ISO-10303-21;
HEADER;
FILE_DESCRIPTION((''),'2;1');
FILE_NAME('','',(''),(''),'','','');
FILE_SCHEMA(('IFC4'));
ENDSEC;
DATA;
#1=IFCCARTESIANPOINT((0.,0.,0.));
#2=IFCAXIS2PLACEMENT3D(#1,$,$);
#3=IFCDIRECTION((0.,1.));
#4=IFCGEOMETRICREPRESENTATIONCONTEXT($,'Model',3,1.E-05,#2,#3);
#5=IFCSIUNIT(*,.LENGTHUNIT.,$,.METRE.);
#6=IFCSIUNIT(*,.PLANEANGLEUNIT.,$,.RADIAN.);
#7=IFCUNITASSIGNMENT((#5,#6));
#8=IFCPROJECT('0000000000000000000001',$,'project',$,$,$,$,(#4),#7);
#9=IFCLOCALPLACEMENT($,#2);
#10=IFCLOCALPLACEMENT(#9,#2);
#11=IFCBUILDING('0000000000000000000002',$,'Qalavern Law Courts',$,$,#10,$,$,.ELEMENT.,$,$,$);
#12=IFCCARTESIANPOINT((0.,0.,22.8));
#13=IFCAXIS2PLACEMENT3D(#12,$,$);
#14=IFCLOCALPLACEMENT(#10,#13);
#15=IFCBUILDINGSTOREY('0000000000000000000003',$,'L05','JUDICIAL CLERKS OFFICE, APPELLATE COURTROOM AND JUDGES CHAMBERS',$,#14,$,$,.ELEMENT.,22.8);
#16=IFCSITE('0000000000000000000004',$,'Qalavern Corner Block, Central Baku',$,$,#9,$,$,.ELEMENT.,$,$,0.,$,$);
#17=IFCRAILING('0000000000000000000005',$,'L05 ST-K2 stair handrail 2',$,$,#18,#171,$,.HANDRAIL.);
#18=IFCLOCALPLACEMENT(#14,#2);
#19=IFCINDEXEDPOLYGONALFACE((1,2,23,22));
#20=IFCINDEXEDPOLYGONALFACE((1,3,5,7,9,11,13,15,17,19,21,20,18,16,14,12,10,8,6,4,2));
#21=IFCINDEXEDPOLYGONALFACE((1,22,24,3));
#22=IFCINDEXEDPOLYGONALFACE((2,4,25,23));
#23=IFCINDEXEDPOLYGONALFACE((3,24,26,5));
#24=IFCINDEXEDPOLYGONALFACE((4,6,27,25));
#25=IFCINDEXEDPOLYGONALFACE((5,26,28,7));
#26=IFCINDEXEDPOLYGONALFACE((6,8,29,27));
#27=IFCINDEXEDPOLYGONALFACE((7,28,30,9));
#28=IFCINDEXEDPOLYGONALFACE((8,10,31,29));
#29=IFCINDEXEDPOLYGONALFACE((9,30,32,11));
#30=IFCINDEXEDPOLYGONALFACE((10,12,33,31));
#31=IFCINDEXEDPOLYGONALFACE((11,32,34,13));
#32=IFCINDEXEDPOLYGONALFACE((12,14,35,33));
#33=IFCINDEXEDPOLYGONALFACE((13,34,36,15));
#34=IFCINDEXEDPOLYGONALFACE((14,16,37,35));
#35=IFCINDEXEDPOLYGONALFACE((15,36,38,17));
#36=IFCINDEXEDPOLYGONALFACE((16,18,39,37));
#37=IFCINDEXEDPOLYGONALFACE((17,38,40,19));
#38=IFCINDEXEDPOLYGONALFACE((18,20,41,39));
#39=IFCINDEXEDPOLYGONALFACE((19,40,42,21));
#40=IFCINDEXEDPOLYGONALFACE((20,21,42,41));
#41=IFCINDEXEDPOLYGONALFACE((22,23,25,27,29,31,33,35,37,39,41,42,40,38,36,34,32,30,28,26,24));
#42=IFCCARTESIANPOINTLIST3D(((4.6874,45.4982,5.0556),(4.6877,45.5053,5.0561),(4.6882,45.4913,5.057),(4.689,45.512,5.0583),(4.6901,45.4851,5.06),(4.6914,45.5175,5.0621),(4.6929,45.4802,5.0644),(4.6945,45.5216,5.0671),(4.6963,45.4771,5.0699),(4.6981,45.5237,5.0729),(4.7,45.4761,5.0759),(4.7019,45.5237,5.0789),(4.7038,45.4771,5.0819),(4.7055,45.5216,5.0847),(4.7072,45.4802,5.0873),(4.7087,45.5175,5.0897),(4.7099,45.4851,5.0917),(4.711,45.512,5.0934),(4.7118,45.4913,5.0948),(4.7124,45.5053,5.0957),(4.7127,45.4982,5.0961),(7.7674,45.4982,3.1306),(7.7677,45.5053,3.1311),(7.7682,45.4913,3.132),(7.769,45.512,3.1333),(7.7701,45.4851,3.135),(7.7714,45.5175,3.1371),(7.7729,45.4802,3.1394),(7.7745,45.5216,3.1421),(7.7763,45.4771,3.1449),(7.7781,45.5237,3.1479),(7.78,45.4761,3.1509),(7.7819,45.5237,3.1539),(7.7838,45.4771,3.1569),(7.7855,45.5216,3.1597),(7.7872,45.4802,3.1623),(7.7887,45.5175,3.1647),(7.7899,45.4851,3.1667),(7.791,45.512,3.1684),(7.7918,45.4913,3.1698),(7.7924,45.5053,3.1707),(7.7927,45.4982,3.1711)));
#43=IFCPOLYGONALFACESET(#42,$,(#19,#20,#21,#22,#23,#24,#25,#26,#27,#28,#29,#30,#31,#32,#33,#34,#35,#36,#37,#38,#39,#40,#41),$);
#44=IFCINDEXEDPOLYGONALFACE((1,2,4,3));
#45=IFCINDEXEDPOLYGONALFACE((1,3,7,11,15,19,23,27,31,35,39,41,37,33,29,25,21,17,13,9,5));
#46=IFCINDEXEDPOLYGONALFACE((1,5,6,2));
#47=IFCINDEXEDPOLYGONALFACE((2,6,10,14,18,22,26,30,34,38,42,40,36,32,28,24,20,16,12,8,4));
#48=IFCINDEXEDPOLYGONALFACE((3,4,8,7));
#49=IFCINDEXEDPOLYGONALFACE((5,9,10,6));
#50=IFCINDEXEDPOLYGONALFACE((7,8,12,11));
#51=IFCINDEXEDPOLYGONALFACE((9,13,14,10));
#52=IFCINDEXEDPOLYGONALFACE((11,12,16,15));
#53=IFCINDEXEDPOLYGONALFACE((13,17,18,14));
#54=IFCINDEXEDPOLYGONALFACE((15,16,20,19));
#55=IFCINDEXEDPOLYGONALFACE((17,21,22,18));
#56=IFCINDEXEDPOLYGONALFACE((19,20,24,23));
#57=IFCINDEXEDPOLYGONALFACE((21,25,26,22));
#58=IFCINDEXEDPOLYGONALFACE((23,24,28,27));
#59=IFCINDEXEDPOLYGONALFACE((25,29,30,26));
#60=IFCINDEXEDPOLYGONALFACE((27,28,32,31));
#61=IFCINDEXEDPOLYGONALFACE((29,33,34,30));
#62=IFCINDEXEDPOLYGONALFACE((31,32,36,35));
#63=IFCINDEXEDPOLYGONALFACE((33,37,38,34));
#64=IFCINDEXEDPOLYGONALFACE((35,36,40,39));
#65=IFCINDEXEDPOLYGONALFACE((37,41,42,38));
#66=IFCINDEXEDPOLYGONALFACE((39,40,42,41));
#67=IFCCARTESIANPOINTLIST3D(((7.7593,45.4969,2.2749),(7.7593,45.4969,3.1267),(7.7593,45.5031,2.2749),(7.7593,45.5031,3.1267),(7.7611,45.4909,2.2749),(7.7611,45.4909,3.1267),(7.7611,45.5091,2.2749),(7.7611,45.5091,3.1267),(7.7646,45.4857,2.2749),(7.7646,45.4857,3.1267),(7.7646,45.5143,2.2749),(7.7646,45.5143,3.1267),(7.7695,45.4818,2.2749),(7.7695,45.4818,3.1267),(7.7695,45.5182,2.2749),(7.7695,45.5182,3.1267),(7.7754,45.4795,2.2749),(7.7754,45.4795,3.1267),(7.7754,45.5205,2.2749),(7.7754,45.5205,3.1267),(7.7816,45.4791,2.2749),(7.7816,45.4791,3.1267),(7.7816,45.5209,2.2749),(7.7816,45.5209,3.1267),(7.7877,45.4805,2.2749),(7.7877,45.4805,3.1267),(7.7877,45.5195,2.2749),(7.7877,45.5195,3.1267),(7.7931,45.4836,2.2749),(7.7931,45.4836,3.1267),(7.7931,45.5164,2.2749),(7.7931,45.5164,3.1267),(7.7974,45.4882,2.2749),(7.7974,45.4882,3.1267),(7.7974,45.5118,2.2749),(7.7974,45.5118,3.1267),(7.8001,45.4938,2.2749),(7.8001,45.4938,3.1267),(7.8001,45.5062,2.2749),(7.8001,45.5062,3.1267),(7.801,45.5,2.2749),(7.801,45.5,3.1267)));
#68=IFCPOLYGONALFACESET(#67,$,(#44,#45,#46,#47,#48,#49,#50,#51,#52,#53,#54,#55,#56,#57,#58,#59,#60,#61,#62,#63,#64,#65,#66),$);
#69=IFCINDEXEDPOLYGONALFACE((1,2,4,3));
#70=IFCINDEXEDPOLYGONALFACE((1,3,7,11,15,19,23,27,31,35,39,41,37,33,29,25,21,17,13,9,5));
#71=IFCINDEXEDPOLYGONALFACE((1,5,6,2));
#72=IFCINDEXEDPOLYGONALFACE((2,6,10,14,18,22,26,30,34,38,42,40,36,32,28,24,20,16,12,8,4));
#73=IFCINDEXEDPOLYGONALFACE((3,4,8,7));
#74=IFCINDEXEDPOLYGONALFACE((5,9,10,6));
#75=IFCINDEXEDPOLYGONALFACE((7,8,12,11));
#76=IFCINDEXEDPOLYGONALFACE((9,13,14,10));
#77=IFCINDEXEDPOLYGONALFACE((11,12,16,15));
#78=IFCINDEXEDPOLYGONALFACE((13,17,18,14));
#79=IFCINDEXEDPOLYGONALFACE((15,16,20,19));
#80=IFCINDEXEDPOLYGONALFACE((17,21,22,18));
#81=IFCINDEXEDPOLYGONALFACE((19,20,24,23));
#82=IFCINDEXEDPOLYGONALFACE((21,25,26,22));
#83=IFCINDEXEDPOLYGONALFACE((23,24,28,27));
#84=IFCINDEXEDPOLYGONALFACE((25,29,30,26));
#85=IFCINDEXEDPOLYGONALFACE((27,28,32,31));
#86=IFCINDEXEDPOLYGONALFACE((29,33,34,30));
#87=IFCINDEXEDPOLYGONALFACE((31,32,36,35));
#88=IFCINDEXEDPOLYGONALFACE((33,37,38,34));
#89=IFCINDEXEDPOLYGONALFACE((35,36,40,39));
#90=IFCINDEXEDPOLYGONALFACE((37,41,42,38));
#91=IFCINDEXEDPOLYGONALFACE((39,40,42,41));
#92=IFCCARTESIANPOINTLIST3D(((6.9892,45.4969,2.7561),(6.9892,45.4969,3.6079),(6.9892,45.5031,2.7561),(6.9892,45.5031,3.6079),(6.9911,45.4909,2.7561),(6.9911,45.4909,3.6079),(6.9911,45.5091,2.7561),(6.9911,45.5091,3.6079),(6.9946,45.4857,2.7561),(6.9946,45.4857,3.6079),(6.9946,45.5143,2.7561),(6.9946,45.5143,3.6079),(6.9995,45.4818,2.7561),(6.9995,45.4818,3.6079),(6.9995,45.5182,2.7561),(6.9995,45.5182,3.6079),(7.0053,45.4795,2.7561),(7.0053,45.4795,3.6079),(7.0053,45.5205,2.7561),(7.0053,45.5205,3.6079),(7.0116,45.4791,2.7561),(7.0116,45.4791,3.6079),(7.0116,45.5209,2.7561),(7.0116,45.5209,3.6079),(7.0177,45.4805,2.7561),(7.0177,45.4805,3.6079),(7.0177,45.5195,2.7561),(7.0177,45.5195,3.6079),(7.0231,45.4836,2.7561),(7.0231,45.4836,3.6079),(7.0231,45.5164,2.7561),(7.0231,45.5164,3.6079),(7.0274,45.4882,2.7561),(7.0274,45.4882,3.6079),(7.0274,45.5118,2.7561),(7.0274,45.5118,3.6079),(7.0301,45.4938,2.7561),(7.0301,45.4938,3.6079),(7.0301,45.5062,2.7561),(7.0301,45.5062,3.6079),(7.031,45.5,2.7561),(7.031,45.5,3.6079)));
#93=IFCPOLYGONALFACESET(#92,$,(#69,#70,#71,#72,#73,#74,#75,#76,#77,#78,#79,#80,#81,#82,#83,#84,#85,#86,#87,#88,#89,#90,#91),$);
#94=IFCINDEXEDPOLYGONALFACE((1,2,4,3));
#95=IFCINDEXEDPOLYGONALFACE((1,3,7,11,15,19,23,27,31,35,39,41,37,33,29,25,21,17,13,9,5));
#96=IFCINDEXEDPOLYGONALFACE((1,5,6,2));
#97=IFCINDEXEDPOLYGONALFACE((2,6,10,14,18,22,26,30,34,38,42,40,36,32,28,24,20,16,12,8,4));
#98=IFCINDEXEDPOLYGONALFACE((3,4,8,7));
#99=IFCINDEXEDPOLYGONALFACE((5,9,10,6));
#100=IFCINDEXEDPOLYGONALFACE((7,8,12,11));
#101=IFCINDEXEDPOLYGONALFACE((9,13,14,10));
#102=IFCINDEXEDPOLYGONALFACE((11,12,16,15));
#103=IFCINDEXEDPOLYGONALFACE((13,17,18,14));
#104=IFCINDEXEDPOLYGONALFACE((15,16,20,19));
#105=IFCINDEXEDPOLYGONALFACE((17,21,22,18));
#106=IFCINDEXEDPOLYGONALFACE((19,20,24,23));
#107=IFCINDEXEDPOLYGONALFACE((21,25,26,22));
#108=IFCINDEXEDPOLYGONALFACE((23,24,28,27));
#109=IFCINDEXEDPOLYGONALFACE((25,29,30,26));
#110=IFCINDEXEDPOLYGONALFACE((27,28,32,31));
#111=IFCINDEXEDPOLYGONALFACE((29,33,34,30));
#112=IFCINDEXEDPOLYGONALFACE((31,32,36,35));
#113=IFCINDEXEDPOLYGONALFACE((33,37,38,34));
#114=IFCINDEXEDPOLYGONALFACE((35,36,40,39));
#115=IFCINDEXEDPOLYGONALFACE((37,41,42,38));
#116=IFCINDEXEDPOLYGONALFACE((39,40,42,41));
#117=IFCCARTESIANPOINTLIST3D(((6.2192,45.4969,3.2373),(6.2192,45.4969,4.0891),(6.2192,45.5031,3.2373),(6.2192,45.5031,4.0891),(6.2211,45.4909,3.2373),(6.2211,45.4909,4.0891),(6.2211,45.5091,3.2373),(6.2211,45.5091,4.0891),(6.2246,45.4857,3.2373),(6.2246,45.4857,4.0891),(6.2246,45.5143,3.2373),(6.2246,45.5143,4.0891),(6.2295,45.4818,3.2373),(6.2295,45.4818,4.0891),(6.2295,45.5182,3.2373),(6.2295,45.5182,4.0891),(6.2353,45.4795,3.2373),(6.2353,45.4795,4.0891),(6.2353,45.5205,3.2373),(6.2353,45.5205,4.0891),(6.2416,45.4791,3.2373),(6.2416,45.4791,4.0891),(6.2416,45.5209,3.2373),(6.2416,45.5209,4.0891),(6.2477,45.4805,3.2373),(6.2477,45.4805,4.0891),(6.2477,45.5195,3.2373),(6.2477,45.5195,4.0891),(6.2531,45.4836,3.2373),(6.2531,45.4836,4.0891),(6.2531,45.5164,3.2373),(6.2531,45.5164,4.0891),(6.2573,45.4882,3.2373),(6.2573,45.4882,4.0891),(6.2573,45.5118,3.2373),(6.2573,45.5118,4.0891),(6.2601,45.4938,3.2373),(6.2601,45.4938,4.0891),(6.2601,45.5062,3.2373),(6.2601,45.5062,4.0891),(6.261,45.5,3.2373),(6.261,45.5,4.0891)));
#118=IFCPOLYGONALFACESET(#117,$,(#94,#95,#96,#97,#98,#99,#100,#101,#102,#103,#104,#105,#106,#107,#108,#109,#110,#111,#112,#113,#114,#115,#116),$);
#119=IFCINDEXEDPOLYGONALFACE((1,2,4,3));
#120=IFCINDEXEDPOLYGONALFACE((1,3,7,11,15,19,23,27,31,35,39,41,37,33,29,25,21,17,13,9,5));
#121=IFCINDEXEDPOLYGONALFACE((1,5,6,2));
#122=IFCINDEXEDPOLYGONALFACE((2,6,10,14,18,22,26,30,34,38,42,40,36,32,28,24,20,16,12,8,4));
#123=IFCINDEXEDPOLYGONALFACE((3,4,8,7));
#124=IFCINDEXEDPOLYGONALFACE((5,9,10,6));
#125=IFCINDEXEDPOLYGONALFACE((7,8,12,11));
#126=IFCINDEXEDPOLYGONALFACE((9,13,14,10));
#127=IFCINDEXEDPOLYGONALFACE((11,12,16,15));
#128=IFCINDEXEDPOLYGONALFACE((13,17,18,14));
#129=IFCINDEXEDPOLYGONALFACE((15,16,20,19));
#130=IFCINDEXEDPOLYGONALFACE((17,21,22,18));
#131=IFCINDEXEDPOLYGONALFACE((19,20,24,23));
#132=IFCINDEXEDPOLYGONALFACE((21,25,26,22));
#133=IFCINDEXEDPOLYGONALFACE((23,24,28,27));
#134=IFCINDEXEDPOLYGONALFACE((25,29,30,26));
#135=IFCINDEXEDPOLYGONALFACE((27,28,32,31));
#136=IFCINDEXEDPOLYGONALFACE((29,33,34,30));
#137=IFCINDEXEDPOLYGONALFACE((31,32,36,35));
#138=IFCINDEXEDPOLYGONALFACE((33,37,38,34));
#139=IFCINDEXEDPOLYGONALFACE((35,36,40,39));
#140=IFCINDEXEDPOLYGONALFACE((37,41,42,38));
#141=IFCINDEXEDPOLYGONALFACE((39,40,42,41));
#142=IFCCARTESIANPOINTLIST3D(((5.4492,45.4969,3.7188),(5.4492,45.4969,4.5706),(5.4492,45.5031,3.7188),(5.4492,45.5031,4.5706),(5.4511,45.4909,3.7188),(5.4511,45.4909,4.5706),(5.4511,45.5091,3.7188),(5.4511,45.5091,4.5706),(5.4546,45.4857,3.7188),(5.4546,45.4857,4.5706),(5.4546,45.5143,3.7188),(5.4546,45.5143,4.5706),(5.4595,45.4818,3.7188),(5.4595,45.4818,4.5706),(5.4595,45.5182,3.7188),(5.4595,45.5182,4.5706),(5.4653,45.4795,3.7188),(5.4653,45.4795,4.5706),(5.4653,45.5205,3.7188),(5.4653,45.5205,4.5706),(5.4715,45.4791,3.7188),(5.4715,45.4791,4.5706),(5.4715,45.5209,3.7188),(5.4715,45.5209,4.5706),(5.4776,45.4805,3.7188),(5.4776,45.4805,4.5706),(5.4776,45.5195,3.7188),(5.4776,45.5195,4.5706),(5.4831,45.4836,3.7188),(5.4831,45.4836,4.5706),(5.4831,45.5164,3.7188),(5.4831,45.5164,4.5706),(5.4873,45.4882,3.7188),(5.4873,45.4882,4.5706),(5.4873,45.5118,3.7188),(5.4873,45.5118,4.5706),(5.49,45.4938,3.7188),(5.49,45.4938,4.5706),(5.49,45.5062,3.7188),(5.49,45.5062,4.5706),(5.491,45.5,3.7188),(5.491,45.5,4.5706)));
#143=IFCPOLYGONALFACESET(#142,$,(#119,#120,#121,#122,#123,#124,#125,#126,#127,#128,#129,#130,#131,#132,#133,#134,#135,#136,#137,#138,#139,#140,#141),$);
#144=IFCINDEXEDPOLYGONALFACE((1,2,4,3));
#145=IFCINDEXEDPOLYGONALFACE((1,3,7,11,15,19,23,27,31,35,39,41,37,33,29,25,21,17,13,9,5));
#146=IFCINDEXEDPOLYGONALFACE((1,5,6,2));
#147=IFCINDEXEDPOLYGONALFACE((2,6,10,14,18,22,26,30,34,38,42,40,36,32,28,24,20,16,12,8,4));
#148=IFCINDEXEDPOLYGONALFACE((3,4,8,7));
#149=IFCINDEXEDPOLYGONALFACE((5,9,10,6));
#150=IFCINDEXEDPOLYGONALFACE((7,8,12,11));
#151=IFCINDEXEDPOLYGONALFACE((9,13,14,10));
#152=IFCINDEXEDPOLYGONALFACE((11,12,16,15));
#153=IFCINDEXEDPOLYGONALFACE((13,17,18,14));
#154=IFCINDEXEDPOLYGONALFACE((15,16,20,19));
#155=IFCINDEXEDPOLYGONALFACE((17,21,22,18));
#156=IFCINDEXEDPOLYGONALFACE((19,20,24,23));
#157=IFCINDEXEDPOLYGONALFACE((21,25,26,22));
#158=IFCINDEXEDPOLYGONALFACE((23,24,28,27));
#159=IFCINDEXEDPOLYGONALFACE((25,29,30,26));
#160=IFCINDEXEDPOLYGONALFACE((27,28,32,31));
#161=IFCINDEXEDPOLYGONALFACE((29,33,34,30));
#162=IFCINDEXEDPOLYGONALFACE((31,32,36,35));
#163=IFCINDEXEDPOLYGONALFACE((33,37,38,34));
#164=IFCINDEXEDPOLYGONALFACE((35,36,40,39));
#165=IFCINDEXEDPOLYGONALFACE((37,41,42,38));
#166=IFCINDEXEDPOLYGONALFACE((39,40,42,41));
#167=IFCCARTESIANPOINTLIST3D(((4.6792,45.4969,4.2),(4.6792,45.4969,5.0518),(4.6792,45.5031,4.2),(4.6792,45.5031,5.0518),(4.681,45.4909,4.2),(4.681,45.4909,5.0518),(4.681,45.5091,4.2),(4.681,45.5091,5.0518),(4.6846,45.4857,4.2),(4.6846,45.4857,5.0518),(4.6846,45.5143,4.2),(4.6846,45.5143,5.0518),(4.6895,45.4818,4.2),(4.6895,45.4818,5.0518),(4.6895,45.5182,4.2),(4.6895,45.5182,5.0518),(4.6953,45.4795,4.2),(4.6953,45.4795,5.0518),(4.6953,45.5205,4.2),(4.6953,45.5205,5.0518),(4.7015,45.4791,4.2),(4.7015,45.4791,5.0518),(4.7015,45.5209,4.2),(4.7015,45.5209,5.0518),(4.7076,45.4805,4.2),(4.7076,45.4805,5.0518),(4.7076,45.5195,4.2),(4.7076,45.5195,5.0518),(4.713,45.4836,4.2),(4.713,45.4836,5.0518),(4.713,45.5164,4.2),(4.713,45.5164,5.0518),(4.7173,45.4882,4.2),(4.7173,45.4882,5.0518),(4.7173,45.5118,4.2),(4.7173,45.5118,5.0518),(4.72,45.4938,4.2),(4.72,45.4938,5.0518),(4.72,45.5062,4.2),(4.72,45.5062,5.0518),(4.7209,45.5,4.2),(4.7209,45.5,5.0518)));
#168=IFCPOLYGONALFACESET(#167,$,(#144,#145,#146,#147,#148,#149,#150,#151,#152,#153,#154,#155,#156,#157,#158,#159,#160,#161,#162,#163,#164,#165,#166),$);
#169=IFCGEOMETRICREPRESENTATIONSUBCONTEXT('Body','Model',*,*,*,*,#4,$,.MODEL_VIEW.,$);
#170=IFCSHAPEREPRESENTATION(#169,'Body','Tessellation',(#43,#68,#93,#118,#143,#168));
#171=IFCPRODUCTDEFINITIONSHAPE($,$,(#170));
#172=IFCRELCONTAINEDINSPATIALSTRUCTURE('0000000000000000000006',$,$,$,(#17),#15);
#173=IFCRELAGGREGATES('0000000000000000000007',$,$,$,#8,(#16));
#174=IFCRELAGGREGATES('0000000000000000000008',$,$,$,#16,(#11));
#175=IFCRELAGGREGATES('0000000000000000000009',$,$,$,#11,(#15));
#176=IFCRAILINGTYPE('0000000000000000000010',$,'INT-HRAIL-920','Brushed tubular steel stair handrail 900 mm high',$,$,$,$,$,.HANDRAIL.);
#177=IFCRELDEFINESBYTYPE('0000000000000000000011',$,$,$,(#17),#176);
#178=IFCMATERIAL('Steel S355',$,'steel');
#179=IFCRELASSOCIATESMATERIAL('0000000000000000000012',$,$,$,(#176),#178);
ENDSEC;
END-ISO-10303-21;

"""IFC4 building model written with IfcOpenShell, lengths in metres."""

from ifc_helpers import new_model, si_unit, direction, frame, origin, origin_2d, place, context, subcontext, project, spatial, circle, extrude, material, type_object, element, save


model = new_model("IFC4")

# Units and contexts
model_context = context("Model", 3, precision=1e-05, world=origin(), true_north=direction((0.0, 1.0)))
body_context = subcontext(model_context, "Body", "Model", "MODEL_VIEW")
ifc_project = project(units=[si_unit("LENGTHUNIT", "METRE"), si_unit("PLANEANGLEUNIT", "RADIAN")], contexts=[model_context])

# Site, building, storey
site_placement = place(None, origin())
site = spatial("IfcSite", under=ifc_project, at=site_placement, Name="Qalavern Corner Block, Central Baku", CompositionType="ELEMENT", RefElevation=0.0)
building_placement = place(site_placement, origin())
building = spatial("IfcBuilding", under=site, at=building_placement, Name="Qalavern Law Courts", CompositionType="ELEMENT")
storey_placement = place(building_placement, frame((0.0, 0.0, 22.8)))
storey = spatial("IfcBuildingStorey", under=building, at=storey_placement, Name="L05", Description="JUDICIAL CLERKS OFFICE, APPELLATE COURTROOM AND JUDGES CHAMBERS", CompositionType="ELEMENT", Elevation=22.8)

# Shared definitions
ifc_material_1 = material(Name="Steel S355", Category="steel")

# Railing
railing_type = type_object("IfcRailingType", Name="INT-HRAIL-920", Description="Brushed tubular steel stair handrail 900 mm high", PredefinedType="HANDRAIL", material=ifc_material_1)
railing_placement = place(storey_placement, frame((7.78, 45.5, 2.2749)))
element("IfcRailing", 1, at=railing_placement, inside=storey, type_object=railing_type, Name="L05 ST-K2 stair handrail 2", PredefinedType="HANDRAIL", context=body_context, shape_type="SweptSolid", body=[
    extrude(circle(Radius=0.0239, at=origin_2d()), frame((0.0, 0.0, 0.876), z_axis=(-0.847998, 0.0, 0.529999), x_axis=(0.0, -1.0, 0.0)), (0.0, 0.0, 1.0), 3.6321),
    extrude(circle(Radius=0.021, at=origin_2d()), origin(), (0.0, 0.0, 1.0), 0.8518),
    extrude(circle(Radius=0.021, at=origin_2d()), frame((-0.77, 0.0, 0.4812)), (0.0, 0.0, 1.0), 0.8518),
    extrude(circle(Radius=0.021, at=origin_2d()), frame((-1.54, 0.0, 0.9624)), (0.0, 0.0, 1.0), 0.8518),
    extrude(circle(Radius=0.021, at=origin_2d()), frame((-2.3101, 0.0, 1.4438)), (0.0, 0.0, 1.0), 0.8518),
    extrude(circle(Radius=0.021, at=origin_2d()), frame((-3.0801, 0.0, 1.925)), (0.0, 0.0, 1.0), 0.8518),
])

save(model, "model.ifc")
